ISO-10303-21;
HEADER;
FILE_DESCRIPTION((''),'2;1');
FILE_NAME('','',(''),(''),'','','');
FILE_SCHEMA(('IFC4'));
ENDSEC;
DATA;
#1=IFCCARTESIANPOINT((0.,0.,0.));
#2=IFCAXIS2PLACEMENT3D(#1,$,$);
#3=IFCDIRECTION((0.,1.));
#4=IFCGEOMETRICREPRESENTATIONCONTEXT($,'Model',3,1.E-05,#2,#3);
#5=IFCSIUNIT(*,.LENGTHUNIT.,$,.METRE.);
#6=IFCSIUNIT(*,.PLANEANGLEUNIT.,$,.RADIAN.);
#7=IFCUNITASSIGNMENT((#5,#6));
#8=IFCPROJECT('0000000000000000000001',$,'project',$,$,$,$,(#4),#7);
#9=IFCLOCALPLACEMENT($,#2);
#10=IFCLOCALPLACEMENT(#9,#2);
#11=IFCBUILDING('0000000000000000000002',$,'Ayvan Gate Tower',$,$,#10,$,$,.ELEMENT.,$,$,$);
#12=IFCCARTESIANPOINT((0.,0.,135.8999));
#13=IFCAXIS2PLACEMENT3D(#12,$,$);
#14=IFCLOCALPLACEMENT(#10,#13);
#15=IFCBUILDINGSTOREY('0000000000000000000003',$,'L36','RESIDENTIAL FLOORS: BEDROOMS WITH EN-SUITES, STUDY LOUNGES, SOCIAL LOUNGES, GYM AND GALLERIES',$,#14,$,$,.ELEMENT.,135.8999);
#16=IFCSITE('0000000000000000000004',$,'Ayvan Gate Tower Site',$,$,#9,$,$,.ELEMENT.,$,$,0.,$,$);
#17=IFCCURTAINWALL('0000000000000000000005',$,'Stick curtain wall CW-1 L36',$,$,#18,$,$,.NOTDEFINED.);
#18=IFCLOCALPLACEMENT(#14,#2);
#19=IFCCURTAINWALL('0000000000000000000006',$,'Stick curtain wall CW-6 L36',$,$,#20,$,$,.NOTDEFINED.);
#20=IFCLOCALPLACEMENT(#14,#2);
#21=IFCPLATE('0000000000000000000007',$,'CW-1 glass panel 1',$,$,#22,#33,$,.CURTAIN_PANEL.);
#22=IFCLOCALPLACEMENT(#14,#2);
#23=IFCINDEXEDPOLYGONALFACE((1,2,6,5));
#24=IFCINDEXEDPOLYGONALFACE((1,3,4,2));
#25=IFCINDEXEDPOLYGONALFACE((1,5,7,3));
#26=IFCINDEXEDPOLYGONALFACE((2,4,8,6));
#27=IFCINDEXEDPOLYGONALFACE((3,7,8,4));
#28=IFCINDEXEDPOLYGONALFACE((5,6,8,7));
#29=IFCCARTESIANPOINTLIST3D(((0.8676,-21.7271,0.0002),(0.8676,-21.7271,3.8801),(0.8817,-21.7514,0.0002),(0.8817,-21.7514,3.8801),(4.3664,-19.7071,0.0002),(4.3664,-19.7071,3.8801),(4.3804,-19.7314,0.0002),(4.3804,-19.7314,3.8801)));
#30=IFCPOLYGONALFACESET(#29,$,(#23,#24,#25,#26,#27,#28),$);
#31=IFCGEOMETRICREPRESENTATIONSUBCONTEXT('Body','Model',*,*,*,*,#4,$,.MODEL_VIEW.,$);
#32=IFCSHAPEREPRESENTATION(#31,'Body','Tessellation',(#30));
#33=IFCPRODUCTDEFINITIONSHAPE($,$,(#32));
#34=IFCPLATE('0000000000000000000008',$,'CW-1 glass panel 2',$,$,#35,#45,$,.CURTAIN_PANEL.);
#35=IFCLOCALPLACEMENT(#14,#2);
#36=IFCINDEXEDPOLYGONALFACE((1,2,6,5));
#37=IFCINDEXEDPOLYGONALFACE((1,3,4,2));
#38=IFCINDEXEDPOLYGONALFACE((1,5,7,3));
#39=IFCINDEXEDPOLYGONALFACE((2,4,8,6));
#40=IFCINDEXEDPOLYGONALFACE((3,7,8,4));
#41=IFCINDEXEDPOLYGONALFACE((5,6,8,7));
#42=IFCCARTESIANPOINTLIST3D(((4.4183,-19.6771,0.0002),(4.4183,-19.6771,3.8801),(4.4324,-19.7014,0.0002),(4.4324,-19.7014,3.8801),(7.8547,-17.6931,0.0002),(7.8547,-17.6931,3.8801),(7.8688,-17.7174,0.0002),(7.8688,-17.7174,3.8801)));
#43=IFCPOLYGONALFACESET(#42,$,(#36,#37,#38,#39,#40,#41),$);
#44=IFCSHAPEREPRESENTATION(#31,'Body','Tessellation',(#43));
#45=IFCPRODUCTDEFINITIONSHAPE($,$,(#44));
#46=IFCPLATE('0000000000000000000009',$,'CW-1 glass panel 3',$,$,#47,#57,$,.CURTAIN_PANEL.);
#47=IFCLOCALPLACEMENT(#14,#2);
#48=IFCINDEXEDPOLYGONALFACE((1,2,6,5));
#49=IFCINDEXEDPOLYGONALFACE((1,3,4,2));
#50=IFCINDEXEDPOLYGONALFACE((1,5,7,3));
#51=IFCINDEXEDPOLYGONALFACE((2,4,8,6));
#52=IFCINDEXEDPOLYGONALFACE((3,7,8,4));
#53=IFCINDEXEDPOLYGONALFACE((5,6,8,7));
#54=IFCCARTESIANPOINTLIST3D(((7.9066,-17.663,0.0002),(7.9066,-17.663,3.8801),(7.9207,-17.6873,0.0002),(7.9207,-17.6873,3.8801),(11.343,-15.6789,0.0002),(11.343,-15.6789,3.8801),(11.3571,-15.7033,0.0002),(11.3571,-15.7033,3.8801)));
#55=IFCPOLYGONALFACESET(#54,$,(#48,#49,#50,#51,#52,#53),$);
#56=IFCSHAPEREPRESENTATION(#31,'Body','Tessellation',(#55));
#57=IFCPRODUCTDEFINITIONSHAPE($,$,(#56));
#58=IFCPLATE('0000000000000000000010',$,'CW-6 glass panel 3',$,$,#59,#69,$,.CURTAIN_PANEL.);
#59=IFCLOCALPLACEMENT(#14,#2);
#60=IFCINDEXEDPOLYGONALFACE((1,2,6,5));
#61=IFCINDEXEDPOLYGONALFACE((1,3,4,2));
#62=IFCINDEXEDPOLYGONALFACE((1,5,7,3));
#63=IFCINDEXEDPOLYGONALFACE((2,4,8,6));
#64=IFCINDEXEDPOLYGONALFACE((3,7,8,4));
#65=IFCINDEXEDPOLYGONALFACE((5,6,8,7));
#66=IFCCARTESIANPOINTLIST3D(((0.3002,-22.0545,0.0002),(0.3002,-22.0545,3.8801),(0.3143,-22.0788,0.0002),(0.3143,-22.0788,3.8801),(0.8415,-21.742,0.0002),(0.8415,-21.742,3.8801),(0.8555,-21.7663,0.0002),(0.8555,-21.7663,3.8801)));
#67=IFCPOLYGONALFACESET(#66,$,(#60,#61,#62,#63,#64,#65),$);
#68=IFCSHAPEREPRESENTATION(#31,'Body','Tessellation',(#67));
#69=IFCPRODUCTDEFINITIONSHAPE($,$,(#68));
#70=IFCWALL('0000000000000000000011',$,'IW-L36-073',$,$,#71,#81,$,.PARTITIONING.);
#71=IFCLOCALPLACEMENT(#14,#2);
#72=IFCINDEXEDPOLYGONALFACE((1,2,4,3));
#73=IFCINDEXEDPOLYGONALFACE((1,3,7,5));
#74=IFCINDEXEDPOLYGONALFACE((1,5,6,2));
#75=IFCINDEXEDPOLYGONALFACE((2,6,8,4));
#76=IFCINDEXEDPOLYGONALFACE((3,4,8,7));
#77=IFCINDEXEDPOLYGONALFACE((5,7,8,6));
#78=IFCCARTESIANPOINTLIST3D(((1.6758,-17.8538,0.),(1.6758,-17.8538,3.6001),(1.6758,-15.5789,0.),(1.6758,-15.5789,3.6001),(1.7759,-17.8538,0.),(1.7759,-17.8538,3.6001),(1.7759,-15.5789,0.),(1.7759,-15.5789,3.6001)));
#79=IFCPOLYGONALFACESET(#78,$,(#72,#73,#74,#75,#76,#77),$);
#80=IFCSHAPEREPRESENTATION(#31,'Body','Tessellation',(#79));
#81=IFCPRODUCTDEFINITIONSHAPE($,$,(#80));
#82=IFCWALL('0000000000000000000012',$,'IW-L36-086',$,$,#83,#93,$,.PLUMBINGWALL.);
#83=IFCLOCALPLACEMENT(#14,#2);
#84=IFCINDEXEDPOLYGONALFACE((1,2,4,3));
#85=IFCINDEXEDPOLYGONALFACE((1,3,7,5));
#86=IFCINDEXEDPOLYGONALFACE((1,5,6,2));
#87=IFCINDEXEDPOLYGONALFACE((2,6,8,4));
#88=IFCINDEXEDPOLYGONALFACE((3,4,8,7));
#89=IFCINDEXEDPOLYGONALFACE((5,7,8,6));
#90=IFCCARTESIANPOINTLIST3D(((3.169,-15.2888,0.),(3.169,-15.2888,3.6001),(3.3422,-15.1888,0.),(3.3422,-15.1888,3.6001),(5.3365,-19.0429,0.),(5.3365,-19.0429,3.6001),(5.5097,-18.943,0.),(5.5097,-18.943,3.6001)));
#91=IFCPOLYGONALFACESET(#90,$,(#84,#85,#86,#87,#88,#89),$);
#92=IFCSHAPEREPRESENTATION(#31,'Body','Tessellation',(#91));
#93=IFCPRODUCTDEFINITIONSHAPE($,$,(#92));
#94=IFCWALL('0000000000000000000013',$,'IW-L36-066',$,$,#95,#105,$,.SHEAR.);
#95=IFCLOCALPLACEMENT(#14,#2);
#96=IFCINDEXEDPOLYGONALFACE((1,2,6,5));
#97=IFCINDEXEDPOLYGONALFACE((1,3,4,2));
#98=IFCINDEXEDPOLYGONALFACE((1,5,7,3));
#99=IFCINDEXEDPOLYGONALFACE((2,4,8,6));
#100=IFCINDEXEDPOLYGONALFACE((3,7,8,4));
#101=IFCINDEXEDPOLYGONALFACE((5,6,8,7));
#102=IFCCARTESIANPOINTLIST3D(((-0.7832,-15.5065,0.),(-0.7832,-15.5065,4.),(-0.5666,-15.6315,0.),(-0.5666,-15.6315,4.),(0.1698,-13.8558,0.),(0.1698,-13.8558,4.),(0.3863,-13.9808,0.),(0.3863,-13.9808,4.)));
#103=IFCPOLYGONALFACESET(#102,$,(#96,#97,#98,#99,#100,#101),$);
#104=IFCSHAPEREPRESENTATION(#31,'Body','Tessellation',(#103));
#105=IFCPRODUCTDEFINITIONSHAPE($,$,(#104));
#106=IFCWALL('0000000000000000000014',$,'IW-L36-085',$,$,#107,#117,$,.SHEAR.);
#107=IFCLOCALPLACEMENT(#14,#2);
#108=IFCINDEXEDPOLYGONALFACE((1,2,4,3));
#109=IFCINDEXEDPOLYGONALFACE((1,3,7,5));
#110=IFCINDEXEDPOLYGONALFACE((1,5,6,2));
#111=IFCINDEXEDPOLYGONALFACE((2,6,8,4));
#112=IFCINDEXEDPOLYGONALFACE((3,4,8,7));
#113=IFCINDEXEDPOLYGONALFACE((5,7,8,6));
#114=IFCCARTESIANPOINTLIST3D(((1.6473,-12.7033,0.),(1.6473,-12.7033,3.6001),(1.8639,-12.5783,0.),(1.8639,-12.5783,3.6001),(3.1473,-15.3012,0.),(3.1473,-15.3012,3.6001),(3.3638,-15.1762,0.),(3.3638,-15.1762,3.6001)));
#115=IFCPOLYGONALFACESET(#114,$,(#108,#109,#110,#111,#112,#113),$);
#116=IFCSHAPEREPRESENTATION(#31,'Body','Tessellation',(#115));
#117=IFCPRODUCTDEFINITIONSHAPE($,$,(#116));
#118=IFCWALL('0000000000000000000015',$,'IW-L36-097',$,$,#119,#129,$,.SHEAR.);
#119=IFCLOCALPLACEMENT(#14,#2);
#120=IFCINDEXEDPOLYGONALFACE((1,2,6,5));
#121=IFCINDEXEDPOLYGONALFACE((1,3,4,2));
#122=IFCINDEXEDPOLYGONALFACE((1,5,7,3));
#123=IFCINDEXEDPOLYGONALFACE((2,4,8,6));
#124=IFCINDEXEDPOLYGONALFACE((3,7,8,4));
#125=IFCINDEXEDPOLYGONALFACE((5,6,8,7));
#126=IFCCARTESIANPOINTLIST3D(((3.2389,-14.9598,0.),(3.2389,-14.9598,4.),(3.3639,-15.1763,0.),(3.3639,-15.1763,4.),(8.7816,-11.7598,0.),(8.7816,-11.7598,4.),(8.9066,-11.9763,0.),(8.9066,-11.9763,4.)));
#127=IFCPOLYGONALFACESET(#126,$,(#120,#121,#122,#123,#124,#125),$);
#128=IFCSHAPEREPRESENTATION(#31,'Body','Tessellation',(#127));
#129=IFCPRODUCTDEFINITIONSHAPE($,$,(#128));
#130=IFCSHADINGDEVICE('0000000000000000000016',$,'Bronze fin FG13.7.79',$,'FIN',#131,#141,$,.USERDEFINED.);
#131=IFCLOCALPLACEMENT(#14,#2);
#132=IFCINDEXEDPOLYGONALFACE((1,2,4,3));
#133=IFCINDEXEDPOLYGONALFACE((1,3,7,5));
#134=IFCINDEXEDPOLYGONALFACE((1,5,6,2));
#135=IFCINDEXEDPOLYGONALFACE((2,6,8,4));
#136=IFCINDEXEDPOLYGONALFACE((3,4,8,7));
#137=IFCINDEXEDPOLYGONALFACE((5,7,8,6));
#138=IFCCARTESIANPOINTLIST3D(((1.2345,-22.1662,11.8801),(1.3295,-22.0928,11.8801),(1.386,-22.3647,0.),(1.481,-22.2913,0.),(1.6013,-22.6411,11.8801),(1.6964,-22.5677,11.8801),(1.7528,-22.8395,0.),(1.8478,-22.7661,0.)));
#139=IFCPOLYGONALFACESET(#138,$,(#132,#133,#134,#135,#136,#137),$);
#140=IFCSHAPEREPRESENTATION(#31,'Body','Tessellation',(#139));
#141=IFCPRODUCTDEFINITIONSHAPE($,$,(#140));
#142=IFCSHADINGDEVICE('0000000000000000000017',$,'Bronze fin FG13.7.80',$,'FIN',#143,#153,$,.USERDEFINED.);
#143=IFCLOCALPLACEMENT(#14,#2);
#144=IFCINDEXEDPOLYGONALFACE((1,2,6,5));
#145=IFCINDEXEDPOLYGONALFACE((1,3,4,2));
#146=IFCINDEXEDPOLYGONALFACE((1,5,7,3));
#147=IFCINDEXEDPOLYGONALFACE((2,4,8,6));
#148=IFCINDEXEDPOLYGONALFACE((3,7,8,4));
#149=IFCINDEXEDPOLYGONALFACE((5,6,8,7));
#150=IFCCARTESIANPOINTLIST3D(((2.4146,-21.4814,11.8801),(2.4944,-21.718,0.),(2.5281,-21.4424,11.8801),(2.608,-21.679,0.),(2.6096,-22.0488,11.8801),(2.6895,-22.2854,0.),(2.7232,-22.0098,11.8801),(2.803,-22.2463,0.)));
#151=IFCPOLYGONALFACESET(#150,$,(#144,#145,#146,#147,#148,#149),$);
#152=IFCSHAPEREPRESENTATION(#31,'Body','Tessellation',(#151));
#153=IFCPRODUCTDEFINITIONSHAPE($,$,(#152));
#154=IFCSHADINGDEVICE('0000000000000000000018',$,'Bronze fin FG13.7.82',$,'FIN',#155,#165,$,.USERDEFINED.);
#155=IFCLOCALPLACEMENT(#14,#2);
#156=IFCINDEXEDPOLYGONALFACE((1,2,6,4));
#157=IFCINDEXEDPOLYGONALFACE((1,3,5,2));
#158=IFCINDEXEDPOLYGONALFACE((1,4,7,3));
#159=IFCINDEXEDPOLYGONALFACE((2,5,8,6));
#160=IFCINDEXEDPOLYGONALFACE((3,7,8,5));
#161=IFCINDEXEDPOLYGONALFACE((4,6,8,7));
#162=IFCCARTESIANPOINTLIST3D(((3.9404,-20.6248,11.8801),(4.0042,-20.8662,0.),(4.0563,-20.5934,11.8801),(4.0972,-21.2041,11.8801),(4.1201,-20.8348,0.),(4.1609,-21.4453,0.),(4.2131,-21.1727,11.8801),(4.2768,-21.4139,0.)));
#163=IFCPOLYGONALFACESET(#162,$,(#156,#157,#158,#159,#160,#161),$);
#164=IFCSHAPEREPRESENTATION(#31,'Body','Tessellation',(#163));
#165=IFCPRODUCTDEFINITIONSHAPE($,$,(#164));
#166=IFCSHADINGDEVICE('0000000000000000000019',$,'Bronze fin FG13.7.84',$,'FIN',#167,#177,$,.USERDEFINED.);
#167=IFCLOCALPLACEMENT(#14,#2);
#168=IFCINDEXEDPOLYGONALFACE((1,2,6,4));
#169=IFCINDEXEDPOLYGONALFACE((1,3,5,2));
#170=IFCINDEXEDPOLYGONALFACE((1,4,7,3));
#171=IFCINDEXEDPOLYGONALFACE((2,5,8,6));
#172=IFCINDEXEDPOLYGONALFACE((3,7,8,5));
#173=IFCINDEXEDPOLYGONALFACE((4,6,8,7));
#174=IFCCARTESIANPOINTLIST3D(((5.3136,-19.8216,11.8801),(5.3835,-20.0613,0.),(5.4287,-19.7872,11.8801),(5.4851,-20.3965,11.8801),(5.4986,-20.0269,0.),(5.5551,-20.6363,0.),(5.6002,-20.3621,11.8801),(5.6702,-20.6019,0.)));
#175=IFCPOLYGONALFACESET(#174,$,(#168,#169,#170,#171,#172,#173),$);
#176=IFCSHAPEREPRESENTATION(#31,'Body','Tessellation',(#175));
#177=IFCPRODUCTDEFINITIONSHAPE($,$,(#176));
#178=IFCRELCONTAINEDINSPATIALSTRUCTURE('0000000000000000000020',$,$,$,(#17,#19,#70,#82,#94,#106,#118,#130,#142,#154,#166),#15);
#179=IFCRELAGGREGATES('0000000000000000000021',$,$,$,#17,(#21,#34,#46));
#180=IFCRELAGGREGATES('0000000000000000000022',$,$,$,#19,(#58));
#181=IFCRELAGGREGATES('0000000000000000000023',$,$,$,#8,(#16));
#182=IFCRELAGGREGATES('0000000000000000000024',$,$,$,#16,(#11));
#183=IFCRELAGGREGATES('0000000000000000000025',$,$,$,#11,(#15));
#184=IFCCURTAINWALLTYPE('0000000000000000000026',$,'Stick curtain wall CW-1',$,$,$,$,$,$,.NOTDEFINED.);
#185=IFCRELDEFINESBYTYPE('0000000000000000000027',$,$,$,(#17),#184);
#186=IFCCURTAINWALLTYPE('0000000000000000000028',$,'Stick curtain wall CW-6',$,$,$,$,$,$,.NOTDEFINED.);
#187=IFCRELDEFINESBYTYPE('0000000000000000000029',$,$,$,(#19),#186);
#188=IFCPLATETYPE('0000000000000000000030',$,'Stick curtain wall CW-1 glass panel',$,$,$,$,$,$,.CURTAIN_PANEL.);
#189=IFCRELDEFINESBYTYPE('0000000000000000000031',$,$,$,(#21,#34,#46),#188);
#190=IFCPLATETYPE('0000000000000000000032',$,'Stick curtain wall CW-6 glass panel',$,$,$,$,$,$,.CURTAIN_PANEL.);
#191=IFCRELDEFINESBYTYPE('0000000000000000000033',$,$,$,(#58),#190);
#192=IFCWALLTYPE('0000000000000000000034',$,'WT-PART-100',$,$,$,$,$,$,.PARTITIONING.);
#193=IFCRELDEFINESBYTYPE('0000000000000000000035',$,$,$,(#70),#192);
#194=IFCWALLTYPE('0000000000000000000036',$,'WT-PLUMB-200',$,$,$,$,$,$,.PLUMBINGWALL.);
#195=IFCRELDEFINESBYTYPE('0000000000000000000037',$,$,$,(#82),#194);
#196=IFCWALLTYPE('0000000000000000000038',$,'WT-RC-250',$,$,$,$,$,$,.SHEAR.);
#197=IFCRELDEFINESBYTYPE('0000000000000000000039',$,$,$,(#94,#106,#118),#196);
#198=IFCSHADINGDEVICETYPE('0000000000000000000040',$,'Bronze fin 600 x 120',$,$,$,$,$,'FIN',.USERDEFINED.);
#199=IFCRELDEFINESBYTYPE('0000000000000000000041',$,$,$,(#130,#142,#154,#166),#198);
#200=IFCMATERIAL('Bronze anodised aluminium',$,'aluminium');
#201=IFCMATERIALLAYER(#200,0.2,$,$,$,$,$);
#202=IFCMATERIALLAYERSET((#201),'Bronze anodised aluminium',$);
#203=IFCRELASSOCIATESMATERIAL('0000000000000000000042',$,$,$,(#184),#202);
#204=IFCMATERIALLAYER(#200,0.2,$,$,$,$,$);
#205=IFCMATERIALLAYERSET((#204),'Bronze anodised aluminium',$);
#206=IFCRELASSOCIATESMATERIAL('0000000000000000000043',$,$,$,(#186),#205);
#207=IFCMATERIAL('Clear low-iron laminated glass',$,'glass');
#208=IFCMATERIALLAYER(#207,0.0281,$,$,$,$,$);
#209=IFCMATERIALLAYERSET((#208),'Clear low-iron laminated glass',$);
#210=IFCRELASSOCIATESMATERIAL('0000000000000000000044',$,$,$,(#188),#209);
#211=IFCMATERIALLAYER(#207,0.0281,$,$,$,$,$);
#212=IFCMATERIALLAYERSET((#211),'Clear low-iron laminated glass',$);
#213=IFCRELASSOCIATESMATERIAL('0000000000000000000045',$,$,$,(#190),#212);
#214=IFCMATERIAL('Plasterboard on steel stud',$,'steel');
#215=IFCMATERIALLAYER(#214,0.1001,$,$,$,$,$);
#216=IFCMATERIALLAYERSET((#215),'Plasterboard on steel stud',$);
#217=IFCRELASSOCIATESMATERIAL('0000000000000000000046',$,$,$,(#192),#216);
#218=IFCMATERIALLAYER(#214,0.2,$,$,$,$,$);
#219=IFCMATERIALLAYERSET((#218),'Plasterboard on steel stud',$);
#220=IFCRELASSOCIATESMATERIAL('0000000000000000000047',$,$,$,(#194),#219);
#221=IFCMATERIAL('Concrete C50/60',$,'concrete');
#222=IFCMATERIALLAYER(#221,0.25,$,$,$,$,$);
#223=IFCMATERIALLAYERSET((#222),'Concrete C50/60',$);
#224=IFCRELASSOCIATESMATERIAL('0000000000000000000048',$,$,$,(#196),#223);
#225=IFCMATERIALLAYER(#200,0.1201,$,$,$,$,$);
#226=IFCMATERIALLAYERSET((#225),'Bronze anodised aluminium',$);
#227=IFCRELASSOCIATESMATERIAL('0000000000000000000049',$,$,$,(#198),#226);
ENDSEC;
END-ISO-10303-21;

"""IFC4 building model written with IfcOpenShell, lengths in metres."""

from ifc_helpers import new_model, si_unit, direction, frame, frame_2d, origin, origin_2d, place, context, subcontext, project, spatial, polyline, rectangle, outline, extrude, material, layer, layer_set, type_object, element, aggregate, save


model = new_model("IFC4")

# Units and contexts
model_context = context("Model", 3, precision=1e-05, world=origin(), true_north=direction((0.0, 1.0)))
body_context = subcontext(model_context, "Body", "Model", "MODEL_VIEW")
ifc_project = project(units=[si_unit("LENGTHUNIT", "METRE"), si_unit("PLANEANGLEUNIT", "RADIAN")], contexts=[model_context])

# Site, building, storey
site_placement = place(None, origin())
site = spatial("IfcSite", under=ifc_project, at=site_placement, Name="Ayvan Gate Tower Site", CompositionType="ELEMENT", RefElevation=0.0)
building_placement = place(site_placement, origin())
building = spatial("IfcBuilding", under=site, at=building_placement, Name="Ayvan Gate Tower", CompositionType="ELEMENT")
storey_placement = place(building_placement, frame((0.0, 0.0, 135.8999)))
storey = spatial("IfcBuildingStorey", under=building, at=storey_placement, Name="L36", Description="RESIDENTIAL FLOORS: BEDROOMS WITH EN-SUITES, STUDY LOUNGES, SOCIAL LOUNGES, GYM AND GALLERIES", CompositionType="ELEMENT", Elevation=135.8999)

# Curtain walls
ifc_material_1 = material(Name="Bronze anodised aluminium", Category="aluminium")
ifc_layer_1 = layer(ifc_material_1, 0.2)
ifc_layer_set_1 = layer_set([ifc_layer_1], Name="Bronze anodised aluminium")
curtain_wall_type_1 = type_object("IfcCurtainWallType", Name="Stick curtain wall CW-1", PredefinedType="NOTDEFINED", material=ifc_layer_set_1)
curtain_wall_1_placement = place(storey_placement, origin())
curtain_wall_1 = element("IfcCurtainWall", 1, at=curtain_wall_1_placement, inside=storey, type_object=curtain_wall_type_1, Name="Stick curtain wall CW-1 L36", PredefinedType="NOTDEFINED")
ifc_layer_2 = layer(ifc_material_1, 0.2)
ifc_layer_set_2 = layer_set([ifc_layer_2], Name="Bronze anodised aluminium")
curtain_wall_type_2 = type_object("IfcCurtainWallType", Name="Stick curtain wall CW-6", PredefinedType="NOTDEFINED", material=ifc_layer_set_2)
curtain_wall_2_placement = place(storey_placement, origin())
curtain_wall_2 = element("IfcCurtainWall", 2, at=curtain_wall_2_placement, inside=storey, type_object=curtain_wall_type_2, Name="Stick curtain wall CW-6 L36", PredefinedType="NOTDEFINED")

# Plates
ifc_material_2 = material(Name="Clear low-iron laminated glass", Category="glass")
ifc_layer_3 = layer(ifc_material_2, 0.0281)
ifc_layer_set_3 = layer_set([ifc_layer_3], Name="Clear low-iron laminated glass")
plate_type_1 = type_object("IfcPlateType", Name="Stick curtain wall CW-1 glass panel", PredefinedType="CURTAIN_PANEL", material=ifc_layer_set_3)
plate_1_placement = place(storey_placement, frame((2.624, -20.7292, 0.0002), z_axis=(0.0, 0.0, 1.0), x_axis=(0.866025, 0.5, 0.0)))
plate_1 = element("IfcPlate", 3, at=plate_1_placement, type_object=plate_type_1, Name="CW-1 glass panel 1", PredefinedType="CURTAIN_PANEL", context=body_context, shape_type="SweptSolid", body=[
    extrude(rectangle(XDim=4.04, YDim=0.0281, at=origin_2d()), origin(), (0.0, 0.0, 1.0), 3.8799),
])
plate_2_placement = place(storey_placement, frame((6.1436, -18.6973, 0.0002), z_axis=(0.0, 0.0, 1.0), x_axis=(0.866025, 0.5, 0.0)))
plate_2 = element("IfcPlate", 4, at=plate_2_placement, type_object=plate_type_1, Name="CW-1 glass panel 2", PredefinedType="CURTAIN_PANEL", context=body_context, shape_type="SweptSolid", body=[
    extrude(rectangle(XDim=3.968, YDim=0.0281, at=origin_2d()), origin(), (0.0, 0.0, 1.0), 3.8799),
])
plate_3_placement = place(storey_placement, frame((9.6318, -16.6831, 0.0002), z_axis=(0.0, 0.0, 1.0), x_axis=(0.866025, 0.5, 0.0)))
plate_3 = element("IfcPlate", 5, at=plate_3_placement, type_object=plate_type_1, Name="CW-1 glass panel 3", PredefinedType="CURTAIN_PANEL", context=body_context, shape_type="SweptSolid", body=[
    extrude(rectangle(XDim=3.968, YDim=0.0281, at=origin_2d()), origin(), (0.0, 0.0, 1.0), 3.8799),
])
aggregate(curtain_wall_1, [plate_1, plate_2, plate_3])
ifc_layer_4 = layer(ifc_material_2, 0.0281)
ifc_layer_set_4 = layer_set([ifc_layer_4], Name="Clear low-iron laminated glass")
plate_type_2 = type_object("IfcPlateType", Name="Stick curtain wall CW-6 glass panel", PredefinedType="CURTAIN_PANEL", material=ifc_layer_set_4)
plate_4_placement = place(storey_placement, frame((0.5779, -21.9104, 0.0002), z_axis=(0.0, 0.0, 1.0), x_axis=(0.866025, 0.5, 0.0)))
plate_4 = element("IfcPlate", 6, at=plate_4_placement, type_object=plate_type_2, Name="CW-6 glass panel 3", PredefinedType="CURTAIN_PANEL", context=body_context, shape_type="SweptSolid", body=[
    extrude(rectangle(XDim=0.625, YDim=0.0281, at=origin_2d()), origin(), (0.0, 0.0, 1.0), 3.8799),
])
aggregate(curtain_wall_2, [plate_4])

# Walls
ifc_material_3 = material(Name="Plasterboard on steel stud", Category="steel")
ifc_layer_5 = layer(ifc_material_3, 0.1001)
ifc_layer_set_5 = layer_set([ifc_layer_5], Name="Plasterboard on steel stud")
wall_type_1 = type_object("IfcWallType", Name="WT-PART-100", PredefinedType="PARTITIONING", material=ifc_layer_set_5)
wall_1_placement = place(storey_placement, frame((1.7258, -17.8538, 0.0), z_axis=(0.0, 0.0, 1.0), x_axis=(0.0, 1.0, 0.0)))
element("IfcWall", 7, at=wall_1_placement, inside=storey, type_object=wall_type_1, Name="IW-L36-073", PredefinedType="PARTITIONING", context=body_context, shape_type="SweptSolid", body=[
    extrude(rectangle(XDim=2.2749, YDim=0.1001, at=frame_2d((1.1375, 0.0))), origin(), (0.0, 0.0, 1.0), 3.6001),
])
ifc_layer_6 = layer(ifc_material_3, 0.2)
ifc_layer_set_6 = layer_set([ifc_layer_6], Name="Plasterboard on steel stud")
wall_type_2 = type_object("IfcWallType", Name="WT-PLUMB-200", PredefinedType="PLUMBINGWALL", material=ifc_layer_set_6)
wall_2_placement = place(storey_placement, frame((3.2556, -15.2388, 0.0), z_axis=(0.0, 0.0, 1.0), x_axis=(0.500004, -0.866023, 0.0)))
element("IfcWall", 8, at=wall_2_placement, inside=storey, type_object=wall_type_2, Name="IW-L36-086", PredefinedType="PLUMBINGWALL", context=body_context, shape_type="SweptSolid", body=[
    extrude(rectangle(XDim=4.335, YDim=0.2, at=frame_2d((2.1675, 0.0))), origin(), (0.0, 0.0, 1.0), 3.6001),
])
ifc_material_4 = material(Name="Concrete C50/60", Category="concrete")
ifc_layer_7 = layer(ifc_material_4, 0.25)
ifc_layer_set_7 = layer_set([ifc_layer_7], Name="Concrete C50/60")
wall_type_3 = type_object("IfcWallType", Name="WT-RC-250", PredefinedType="SHEAR", material=ifc_layer_set_7)
wall_3_placement = place(storey_placement, frame((0.2781, -13.9182, 0.0), z_axis=(0.0, 0.0, 1.0), x_axis=(-0.499955, -0.866051, 0.0)))
element("IfcWall", 9, at=wall_3_placement, inside=storey, type_object=wall_type_3, Name="IW-L36-066", PredefinedType="SHEAR", context=body_context, shape_type="SweptSolid", body=[
    extrude(rectangle(XDim=1.906, YDim=0.25, at=frame_2d((0.9531, 0.0))), origin(), (0.0, 0.0, 1.0), 4.0),
])
wall_4_placement = place(storey_placement, frame((3.2556, -15.2388, 0.0), z_axis=(0.0, 0.0, 1.0), x_axis=(-0.500025, 0.866011, 0.0)))
element("IfcWall", 10, at=wall_4_placement, inside=storey, type_object=wall_type_3, Name="IW-L36-085", PredefinedType="SHEAR", context=body_context, shape_type="SweptSolid", body=[
    extrude(rectangle(XDim=2.9998, YDim=0.25, at=frame_2d((1.5, 0.0))), origin(), (0.0, 0.0, 1.0), 3.6001),
])
wall_5_placement = place(storey_placement, frame((3.3013, -15.0681, 0.0), z_axis=(0.0, 0.0, 1.0), x_axis=(0.866035, 0.499983, 0.0)))
element("IfcWall", 11, at=wall_5_placement, inside=storey, type_object=wall_type_3, Name="IW-L36-097", PredefinedType="SHEAR", context=body_context, shape_type="SweptSolid", body=[
    extrude(rectangle(XDim=6.4001, YDim=0.25, at=frame_2d((3.2002, 0.0))), origin(), (0.0, 0.0, 1.0), 4.0),
])

# Shading devices
ifc_layer_8 = layer(ifc_material_1, 0.1201)
ifc_layer_set_8 = layer_set([ifc_layer_8], Name="Bronze anodised aluminium")
shading_device_type = type_object("IfcShadingDeviceType", Name="Bronze fin 600 x 120", ElementType="FIN", PredefinedType="USERDEFINED", material=ifc_layer_set_8)
shading_device_1_placement = place(storey_placement, frame((1.386, -22.3647, 0.0), z_axis=(-0.791374, -0.611332, 0.000123), x_axis=(0.611332, -0.791374, 0.0)))
element("IfcShadingDevice", 12, at=shading_device_1_placement, inside=storey, type_object=shading_device_type, Name="Bronze fin FG13.7.79", ObjectType="FIN", PredefinedType="USERDEFINED", context=body_context, shape_type="SweptSolid", body=[
    extrude(outline(polyline([(0.0, 0.0), (0.6, 0.0), (0.3503, 11.8801), (-0.2498, 11.8801), (0.0, 0.0)])), origin(), (0.0, 0.0, -1.0), 0.1201),
])
shading_device_2_placement = place(storey_placement, frame((2.4944, -21.718, 0.0), z_axis=(-0.945671, -0.325125, 0.000119), x_axis=(0.325125, -0.945671, 0.0)))
element("IfcShadingDevice", 13, at=shading_device_2_placement, inside=storey, type_object=shading_device_type, Name="Bronze fin FG13.7.80", ObjectType="FIN", PredefinedType="USERDEFINED", context=body_context, shape_type="SweptSolid", body=[
    extrude(outline(polyline([(0.0, 0.0), (0.6, 0.0), (0.3503, 11.8801), (-0.2497, 11.8801), (0.0, 0.0)])), origin(), (0.0, 0.0, -1.0), 0.1201),
])
shading_device_3_placement = place(storey_placement, frame((4.0042, -20.8662, 0.0), z_axis=(-0.965283, -0.261206, 0.000129), x_axis=(0.261206, -0.965283, 0.0)))
element("IfcShadingDevice", 14, at=shading_device_3_placement, inside=storey, type_object=shading_device_type, Name="Bronze fin FG13.7.82", ObjectType="FIN", PredefinedType="USERDEFINED", context=body_context, shape_type="SweptSolid", body=[
    extrude(outline(polyline([(0.0, 0.0), (0.5999, 0.0), (0.3505, 11.8801), (-0.2497, 11.8801), (0.0, 0.0)])), origin(), (0.0, 0.0, -1.0), 0.1201),
])
shading_device_4_placement = place(storey_placement, frame((5.3835, -20.0613, 0.0), z_axis=(-0.958273, -0.285854, 0.000127), x_axis=(0.285854, -0.958273, 0.0)))
element("IfcShadingDevice", 15, at=shading_device_4_placement, inside=storey, type_object=shading_device_type, Name="Bronze fin FG13.7.84", ObjectType="FIN", PredefinedType="USERDEFINED", context=body_context, shape_type="SweptSolid", body=[
    extrude(outline(polyline([(0.0, 0.0), (0.6, 0.0), (0.3503, 11.8801), (-0.2497, 11.8801), (0.0, 0.0)])), origin(), (0.0, 0.0, -1.0), 0.1201),
])

save(model, "model.ifc")
